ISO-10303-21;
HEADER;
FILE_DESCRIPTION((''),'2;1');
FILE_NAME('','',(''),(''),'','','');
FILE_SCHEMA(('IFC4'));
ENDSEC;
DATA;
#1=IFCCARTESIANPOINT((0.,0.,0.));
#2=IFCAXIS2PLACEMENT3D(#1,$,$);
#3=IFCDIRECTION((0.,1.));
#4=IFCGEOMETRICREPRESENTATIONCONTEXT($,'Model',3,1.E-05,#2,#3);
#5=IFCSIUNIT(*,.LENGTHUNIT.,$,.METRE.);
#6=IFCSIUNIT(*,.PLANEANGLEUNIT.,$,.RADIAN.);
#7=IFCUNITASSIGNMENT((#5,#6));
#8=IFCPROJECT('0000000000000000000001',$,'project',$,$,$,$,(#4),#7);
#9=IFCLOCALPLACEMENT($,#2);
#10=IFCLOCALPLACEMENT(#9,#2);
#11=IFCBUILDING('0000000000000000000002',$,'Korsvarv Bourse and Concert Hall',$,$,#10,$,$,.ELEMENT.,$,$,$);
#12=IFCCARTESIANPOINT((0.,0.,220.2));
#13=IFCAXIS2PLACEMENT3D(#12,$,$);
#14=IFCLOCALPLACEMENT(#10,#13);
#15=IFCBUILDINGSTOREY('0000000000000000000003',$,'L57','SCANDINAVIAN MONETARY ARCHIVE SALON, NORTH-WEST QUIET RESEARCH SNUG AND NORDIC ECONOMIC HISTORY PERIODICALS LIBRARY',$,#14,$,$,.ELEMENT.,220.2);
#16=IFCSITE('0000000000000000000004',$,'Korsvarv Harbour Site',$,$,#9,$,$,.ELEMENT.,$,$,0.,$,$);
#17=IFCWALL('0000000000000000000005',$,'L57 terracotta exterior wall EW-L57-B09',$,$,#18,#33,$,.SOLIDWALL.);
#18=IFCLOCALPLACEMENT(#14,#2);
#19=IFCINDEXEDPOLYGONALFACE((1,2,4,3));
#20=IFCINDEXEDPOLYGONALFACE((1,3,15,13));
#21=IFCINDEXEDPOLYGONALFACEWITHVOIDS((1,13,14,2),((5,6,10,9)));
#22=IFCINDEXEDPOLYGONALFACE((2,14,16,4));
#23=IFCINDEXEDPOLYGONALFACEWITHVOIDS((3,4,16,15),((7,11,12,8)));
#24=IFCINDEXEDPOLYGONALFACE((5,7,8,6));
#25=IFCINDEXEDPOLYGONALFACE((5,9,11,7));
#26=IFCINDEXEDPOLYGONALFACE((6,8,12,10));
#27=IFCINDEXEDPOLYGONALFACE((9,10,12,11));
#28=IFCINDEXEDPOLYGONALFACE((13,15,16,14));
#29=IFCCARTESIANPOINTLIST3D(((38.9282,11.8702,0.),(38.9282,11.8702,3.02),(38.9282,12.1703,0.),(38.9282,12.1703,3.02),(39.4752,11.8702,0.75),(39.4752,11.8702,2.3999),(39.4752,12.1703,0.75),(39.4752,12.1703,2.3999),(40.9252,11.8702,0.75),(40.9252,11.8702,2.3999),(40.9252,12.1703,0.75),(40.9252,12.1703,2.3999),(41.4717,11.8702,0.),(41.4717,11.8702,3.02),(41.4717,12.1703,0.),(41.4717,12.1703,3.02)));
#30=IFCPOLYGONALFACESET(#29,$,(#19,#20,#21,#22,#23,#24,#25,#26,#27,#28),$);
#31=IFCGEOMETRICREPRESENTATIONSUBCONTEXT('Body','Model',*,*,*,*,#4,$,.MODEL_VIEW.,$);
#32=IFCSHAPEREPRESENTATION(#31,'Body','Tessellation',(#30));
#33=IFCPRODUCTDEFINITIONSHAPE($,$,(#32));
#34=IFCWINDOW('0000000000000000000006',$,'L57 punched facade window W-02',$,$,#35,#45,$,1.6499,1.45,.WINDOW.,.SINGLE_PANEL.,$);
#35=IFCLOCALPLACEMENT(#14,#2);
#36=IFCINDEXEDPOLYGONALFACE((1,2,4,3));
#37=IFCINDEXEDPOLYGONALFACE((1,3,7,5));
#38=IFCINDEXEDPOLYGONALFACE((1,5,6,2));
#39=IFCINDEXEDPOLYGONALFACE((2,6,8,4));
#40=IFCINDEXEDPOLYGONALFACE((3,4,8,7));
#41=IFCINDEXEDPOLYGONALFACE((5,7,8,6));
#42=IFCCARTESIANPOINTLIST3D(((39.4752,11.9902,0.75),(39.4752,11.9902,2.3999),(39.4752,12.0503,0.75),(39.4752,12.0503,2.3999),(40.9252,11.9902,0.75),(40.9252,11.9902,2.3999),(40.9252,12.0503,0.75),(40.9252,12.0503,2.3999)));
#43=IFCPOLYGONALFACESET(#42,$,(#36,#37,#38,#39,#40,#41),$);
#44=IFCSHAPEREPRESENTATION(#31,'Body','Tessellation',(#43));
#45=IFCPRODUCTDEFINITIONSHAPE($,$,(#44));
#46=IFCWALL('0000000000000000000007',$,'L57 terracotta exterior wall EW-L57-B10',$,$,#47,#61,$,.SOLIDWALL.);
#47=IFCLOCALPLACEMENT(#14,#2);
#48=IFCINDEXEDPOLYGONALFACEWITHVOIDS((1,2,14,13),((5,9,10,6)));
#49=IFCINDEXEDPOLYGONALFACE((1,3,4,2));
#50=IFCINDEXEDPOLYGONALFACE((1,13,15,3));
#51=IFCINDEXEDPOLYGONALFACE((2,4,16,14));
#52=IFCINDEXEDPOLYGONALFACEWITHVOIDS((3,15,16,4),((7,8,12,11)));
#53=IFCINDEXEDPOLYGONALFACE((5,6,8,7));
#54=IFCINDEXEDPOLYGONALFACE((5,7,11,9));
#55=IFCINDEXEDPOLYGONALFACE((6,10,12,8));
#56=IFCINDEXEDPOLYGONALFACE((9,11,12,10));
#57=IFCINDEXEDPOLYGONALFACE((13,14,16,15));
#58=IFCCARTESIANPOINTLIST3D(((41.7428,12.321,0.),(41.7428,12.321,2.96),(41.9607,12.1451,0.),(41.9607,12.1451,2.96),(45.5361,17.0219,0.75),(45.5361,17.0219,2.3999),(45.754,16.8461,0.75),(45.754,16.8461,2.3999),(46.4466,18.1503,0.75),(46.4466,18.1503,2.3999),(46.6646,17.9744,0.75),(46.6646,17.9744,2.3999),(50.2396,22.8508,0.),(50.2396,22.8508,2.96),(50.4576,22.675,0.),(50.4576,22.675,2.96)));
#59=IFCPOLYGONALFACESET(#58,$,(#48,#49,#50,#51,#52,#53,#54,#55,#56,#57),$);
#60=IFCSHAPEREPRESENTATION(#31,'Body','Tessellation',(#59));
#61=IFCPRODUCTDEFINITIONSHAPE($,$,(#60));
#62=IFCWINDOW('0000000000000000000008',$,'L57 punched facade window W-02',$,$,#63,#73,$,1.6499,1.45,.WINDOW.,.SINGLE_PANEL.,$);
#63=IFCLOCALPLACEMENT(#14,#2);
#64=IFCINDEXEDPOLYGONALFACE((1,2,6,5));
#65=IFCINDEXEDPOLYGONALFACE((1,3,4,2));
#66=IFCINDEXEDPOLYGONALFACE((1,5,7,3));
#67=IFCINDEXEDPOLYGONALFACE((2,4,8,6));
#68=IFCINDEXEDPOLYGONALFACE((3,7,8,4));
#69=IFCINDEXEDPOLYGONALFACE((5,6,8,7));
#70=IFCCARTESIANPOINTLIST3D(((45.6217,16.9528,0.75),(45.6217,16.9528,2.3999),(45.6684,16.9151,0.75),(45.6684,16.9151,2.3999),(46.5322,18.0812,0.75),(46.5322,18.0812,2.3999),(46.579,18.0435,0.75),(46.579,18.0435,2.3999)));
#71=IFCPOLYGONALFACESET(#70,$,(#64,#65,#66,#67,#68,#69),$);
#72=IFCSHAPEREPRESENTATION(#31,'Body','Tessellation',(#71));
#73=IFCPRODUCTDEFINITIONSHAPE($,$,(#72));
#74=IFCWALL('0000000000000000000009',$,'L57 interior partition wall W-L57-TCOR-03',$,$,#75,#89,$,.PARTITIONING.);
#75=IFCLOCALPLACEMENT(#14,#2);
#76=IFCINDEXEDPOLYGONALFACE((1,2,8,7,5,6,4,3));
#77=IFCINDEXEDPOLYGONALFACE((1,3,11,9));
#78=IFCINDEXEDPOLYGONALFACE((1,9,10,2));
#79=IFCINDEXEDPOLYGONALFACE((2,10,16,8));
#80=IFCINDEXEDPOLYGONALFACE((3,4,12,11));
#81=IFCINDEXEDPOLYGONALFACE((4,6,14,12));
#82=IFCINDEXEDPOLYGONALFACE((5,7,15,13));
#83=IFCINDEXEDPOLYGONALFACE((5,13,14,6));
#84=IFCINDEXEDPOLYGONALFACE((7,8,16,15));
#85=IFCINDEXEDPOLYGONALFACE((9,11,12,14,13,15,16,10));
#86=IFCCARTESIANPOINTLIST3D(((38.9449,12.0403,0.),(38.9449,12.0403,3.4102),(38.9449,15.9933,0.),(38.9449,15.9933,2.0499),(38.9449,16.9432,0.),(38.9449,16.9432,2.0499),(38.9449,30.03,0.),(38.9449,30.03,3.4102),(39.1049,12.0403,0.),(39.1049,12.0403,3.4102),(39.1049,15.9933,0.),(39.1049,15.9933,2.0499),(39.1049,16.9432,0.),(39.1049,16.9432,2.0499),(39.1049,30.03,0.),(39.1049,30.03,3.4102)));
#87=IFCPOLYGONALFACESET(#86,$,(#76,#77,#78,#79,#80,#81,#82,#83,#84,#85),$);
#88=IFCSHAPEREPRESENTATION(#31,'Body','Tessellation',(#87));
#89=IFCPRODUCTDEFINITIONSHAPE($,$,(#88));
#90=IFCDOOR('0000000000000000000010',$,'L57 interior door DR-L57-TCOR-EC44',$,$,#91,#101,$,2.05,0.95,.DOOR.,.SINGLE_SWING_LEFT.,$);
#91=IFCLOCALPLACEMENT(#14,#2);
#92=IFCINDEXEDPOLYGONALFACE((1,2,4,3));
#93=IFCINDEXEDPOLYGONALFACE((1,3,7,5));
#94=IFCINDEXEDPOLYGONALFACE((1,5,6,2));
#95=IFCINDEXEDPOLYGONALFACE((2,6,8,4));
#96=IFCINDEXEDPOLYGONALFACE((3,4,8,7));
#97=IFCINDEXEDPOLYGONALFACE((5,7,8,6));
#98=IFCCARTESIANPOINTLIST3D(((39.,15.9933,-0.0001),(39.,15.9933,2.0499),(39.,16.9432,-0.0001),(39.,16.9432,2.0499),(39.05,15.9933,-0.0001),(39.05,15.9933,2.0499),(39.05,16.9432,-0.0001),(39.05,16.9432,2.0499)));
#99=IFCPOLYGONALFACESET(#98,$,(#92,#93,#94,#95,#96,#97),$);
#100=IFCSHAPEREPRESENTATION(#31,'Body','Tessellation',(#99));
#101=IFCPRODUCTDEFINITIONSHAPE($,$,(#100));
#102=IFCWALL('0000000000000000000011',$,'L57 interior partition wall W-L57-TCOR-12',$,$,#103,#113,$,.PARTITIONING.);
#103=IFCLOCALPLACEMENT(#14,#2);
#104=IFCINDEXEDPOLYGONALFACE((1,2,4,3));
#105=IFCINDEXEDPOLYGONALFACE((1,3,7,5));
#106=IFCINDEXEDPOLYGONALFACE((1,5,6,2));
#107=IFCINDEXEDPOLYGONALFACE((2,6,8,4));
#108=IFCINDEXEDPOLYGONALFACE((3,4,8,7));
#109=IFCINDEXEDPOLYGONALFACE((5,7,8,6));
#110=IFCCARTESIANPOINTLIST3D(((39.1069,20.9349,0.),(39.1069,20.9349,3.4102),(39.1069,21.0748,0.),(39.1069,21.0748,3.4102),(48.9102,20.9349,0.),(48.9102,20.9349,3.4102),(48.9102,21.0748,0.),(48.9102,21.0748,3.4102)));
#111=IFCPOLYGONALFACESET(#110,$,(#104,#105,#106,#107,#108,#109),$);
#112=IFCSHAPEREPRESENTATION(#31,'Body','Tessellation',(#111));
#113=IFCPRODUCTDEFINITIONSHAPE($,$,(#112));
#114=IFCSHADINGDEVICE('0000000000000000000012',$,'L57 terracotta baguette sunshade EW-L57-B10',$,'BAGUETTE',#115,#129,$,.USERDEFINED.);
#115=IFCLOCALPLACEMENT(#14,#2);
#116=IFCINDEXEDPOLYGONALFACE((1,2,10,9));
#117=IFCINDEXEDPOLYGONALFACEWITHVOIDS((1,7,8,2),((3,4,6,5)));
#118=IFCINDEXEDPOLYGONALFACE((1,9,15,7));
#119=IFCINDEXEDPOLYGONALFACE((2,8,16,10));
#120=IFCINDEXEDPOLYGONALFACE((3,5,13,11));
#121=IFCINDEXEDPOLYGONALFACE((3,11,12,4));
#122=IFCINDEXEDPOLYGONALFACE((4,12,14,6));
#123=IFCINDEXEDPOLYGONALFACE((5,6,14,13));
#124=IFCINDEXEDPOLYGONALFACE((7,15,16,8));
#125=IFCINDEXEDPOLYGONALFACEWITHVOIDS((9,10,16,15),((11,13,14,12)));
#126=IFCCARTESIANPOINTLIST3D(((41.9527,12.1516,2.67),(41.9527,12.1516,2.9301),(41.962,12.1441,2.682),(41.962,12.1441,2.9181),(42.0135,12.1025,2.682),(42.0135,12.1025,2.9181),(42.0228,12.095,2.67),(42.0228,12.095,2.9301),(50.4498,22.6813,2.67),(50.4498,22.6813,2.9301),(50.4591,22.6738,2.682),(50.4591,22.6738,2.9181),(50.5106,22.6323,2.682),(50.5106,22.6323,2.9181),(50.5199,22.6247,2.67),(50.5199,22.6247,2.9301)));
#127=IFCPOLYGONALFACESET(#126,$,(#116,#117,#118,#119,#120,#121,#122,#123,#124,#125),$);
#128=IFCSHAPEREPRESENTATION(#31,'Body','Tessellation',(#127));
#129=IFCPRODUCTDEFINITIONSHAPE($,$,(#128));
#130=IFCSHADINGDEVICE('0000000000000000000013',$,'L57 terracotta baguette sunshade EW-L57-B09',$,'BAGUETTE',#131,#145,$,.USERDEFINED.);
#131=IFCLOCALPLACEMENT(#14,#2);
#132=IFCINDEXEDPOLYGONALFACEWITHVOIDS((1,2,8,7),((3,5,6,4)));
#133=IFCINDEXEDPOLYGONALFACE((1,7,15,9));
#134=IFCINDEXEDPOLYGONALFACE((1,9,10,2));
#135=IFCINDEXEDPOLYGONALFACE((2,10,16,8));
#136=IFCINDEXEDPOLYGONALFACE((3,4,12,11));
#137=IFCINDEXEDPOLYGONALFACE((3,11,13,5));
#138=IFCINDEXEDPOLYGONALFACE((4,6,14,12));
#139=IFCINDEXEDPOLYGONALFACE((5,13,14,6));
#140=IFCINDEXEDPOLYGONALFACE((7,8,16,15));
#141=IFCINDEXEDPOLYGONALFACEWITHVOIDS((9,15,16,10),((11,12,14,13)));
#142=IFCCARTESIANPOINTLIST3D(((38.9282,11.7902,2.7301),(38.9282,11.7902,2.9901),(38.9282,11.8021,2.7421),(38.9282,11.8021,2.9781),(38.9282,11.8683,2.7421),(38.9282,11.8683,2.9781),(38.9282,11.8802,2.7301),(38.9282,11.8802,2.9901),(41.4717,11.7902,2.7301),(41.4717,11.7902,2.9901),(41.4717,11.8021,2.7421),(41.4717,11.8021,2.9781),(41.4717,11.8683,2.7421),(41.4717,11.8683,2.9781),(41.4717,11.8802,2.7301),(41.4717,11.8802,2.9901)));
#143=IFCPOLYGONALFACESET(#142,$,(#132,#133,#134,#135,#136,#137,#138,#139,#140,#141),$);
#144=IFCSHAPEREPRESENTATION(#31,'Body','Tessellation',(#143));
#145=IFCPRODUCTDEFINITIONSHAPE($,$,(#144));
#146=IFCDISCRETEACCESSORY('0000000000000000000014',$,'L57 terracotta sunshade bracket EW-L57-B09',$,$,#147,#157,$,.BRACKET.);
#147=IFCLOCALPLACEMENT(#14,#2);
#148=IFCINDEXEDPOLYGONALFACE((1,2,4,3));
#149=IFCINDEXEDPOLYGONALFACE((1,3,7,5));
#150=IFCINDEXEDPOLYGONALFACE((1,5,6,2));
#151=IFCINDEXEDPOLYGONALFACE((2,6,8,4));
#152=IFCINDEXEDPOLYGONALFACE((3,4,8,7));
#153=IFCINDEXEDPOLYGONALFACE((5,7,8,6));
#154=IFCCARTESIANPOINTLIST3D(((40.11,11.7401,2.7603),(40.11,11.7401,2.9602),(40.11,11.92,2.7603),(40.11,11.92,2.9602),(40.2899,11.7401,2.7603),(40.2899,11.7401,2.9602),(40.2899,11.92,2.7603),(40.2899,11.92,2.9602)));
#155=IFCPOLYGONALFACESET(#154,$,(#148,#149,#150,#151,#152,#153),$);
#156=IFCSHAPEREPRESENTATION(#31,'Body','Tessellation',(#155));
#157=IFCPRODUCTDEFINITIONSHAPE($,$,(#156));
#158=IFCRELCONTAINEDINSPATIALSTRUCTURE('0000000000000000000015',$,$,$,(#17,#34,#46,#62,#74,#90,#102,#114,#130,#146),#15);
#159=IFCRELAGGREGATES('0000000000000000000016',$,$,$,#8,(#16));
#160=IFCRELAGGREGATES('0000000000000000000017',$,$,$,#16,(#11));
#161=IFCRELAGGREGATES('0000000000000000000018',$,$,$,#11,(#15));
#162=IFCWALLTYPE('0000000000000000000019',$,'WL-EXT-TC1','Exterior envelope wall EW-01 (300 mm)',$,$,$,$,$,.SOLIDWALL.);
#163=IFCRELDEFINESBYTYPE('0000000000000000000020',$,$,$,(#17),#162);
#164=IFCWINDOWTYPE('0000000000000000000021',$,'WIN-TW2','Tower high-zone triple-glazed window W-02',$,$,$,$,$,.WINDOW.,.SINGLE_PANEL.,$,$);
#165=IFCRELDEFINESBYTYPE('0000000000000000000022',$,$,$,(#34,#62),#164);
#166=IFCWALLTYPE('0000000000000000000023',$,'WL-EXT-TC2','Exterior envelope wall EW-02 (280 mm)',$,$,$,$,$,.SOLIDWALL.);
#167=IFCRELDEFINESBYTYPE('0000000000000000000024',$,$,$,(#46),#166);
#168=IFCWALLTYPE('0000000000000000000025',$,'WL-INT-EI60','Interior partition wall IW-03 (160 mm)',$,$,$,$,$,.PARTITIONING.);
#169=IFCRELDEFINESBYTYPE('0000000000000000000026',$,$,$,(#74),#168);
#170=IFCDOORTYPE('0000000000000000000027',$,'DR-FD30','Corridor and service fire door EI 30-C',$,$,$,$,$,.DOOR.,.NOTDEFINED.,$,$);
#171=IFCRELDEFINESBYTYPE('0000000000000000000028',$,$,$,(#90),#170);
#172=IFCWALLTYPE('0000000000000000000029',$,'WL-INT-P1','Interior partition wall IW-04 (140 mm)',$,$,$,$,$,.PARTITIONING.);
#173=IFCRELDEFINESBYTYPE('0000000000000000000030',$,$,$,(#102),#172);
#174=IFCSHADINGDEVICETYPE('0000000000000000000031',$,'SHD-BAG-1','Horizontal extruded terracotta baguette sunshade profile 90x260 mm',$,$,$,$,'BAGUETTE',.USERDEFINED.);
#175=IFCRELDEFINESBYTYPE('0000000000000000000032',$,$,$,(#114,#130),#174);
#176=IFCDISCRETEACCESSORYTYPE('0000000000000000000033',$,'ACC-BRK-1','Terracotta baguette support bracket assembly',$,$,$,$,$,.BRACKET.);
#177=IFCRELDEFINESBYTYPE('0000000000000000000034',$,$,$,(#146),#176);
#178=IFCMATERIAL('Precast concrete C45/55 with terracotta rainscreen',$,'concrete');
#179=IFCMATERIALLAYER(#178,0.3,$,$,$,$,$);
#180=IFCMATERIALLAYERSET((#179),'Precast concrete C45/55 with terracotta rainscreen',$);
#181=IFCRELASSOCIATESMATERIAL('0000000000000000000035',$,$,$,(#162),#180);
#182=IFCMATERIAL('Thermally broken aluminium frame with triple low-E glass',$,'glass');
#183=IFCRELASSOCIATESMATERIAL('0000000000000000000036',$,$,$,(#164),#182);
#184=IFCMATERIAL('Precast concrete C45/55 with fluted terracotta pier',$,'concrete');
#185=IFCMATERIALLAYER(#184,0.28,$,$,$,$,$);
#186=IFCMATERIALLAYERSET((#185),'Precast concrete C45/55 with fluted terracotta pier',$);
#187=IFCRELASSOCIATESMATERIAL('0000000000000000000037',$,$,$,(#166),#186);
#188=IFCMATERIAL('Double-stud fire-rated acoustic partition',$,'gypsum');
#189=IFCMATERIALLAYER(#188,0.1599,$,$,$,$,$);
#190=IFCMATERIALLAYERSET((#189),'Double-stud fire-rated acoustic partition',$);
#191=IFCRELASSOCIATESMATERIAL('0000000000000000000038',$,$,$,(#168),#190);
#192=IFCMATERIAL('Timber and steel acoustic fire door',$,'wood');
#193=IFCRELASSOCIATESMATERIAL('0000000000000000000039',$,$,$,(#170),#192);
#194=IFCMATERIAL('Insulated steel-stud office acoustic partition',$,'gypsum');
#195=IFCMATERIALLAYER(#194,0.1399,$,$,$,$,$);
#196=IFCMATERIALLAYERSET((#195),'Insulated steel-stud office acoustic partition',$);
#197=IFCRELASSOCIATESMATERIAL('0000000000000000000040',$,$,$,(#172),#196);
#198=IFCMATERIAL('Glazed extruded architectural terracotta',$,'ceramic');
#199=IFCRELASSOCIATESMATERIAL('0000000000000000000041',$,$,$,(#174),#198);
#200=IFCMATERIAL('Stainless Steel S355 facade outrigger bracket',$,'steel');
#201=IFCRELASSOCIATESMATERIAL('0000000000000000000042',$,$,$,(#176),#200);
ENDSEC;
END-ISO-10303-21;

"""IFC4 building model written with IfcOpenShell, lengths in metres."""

from ifc_helpers import new_model, si_unit, direction, frame, frame_2d, origin, origin_2d, place, context, subcontext, project, spatial, rectangle, hollow_rectangle, extrude, source, transform, mapped, material, layer, layer_set, material_profile, profile_set, type_object, element, fill, save


model = new_model("IFC4")

# Units and contexts
model_context = context("Model", 3, precision=1e-05, world=origin(), true_north=direction((0.0, 1.0)))
body_context = subcontext(model_context, "Body", "Model", "MODEL_VIEW")
ifc_project = project(units=[si_unit("LENGTHUNIT", "METRE"), si_unit("PLANEANGLEUNIT", "RADIAN")], contexts=[model_context])

# Site, building, storey
site_placement = place(None, origin())
site = spatial("IfcSite", under=ifc_project, at=site_placement, Name="Korsvarv Harbour Site", CompositionType="ELEMENT", RefElevation=0.0)
building_placement = place(site_placement, origin())
building = spatial("IfcBuilding", under=site, at=building_placement, Name="Korsvarv Bourse and Concert Hall", CompositionType="ELEMENT")
storey_placement = place(building_placement, frame((0.0, 0.0, 220.2)))
storey = spatial("IfcBuildingStorey", under=building, at=storey_placement, Name="L57", Description="SCANDINAVIAN MONETARY ARCHIVE SALON, NORTH-WEST QUIET RESEARCH SNUG AND NORDIC ECONOMIC HISTORY PERIODICALS LIBRARY", CompositionType="ELEMENT", Elevation=220.2)

# Walls, openings, windows
ifc_material_1 = material(Name="Precast concrete C45/55 with terracotta rainscreen", Category="concrete")
ifc_layer_1 = layer(ifc_material_1, 0.3)
ifc_layer_set_1 = layer_set([ifc_layer_1], Name="Precast concrete C45/55 with terracotta rainscreen")
wall_type_1 = type_object("IfcWallType", Name="WL-EXT-TC1", Description="Exterior envelope wall EW-01 (300 mm)", PredefinedType="SOLIDWALL", material=ifc_layer_set_1)
wall_1_placement = place(storey_placement, frame((38.9282, 12.0203, 0.0), z_axis=(0.0, 0.0, 1.0), x_axis=(1.0, 0.0, 0.0)))
wall_1 = element("IfcWall", 1, at=wall_1_placement, inside=storey, type_object=wall_type_1, Name="L57 terracotta exterior wall EW-L57-B09", PredefinedType="SOLIDWALL", context=body_context, shape_type="SweptSolid", body=[
    extrude(rectangle(XDim=2.5435, YDim=0.3, at=frame_2d((1.2717, 0.0))), origin(), (0.0, 0.0, 1.0), 3.02),
])
opening_1_placement = place(wall_1_placement, frame((0.5469, 0.0, 0.75)))
opening_1 = element("IfcOpeningElement", 2, at=opening_1_placement, cuts=wall_1, PredefinedType="OPENING", context=body_context, shape_type="SweptSolid", body=[
    extrude(rectangle(XDim=1.45, YDim=1.6499, at=frame_2d((0.7251, 0.825))), frame((0.0, 0.1602, 0.0), z_axis=(0.0, -1.0, 0.0), x_axis=(1.0, 0.0, 0.0)), (0.0, 0.0, 1.0), 0.3201),
])
ifc_material_2 = material(Name="Thermally broken aluminium frame with triple low-E glass", Category="glass")
window_type = type_object("IfcWindowType", Name="WIN-TW2", Description="Tower high-zone triple-glazed window W-02", PartitioningType="SINGLE_PANEL", PredefinedType="WINDOW", material=ifc_material_2)
window_1_placement = place(opening_1_placement, origin())
window_1 = element("IfcWindow", 3, at=window_1_placement, inside=storey, type_object=window_type, Name="L57 punched facade window W-02", OverallHeight=1.6499, OverallWidth=1.45, PartitioningType="SINGLE_PANEL", PredefinedType="WINDOW", context=body_context, shape_type="SweptSolid", body=[
    extrude(rectangle(XDim=1.45, YDim=1.6499, at=frame_2d((0.7251, 0.825))), frame((0.0, 0.03, 0.0), z_axis=(0.0, -1.0, 0.0), x_axis=(1.0, 0.0, 0.0)), (0.0, 0.0, 1.0), 0.0601),
])
fill(opening_1, window_1)
ifc_material_3 = material(Name="Precast concrete C45/55 with fluted terracotta pier", Category="concrete")
ifc_layer_2 = layer(ifc_material_3, 0.28)
ifc_layer_set_2 = layer_set([ifc_layer_2], Name="Precast concrete C45/55 with fluted terracotta pier")
wall_type_2 = type_object("IfcWallType", Name="WL-EXT-TC2", Description="Exterior envelope wall EW-02 (280 mm)", PredefinedType="SOLIDWALL", material=ifc_layer_set_2)
wall_2_placement = place(storey_placement, frame((41.8518, 12.2332, 0.0), z_axis=(0.0, 0.0, 1.0), x_axis=(0.627979, 0.77823, 0.0)))
wall_2 = element("IfcWall", 4, at=wall_2_placement, inside=storey, type_object=wall_type_2, Name="L57 terracotta exterior wall EW-L57-B10", PredefinedType="SOLIDWALL", context=body_context, shape_type="SweptSolid", body=[
    extrude(rectangle(XDim=13.5305, YDim=0.28, at=frame_2d((6.7651, 0.0))), origin(), (0.0, 0.0, 1.0), 2.96),
])
opening_2_placement = place(wall_2_placement, frame((6.0403, 0.0, 0.75)))
opening_2 = element("IfcOpeningElement", 5, at=opening_2_placement, cuts=wall_2, PredefinedType="OPENING", context=body_context, shape_type="SweptSolid", body=[
    extrude(rectangle(XDim=1.45, YDim=1.6499, at=frame_2d((0.7251, 0.825))), frame((0.0, 0.1499, 0.0), z_axis=(0.0, -1.0, 0.0), x_axis=(1.0, 0.0, 0.0)), (0.0, 0.0, 1.0), 0.3),
])
window_2_placement = place(opening_2_placement, origin())
window_2 = element("IfcWindow", 6, at=window_2_placement, inside=storey, type_object=window_type, Name="L57 punched facade window W-02", OverallHeight=1.6499, OverallWidth=1.45, PartitioningType="SINGLE_PANEL", PredefinedType="WINDOW", context=body_context, shape_type="SweptSolid", body=[
    extrude(rectangle(XDim=1.45, YDim=1.6499, at=frame_2d((0.7251, 0.825))), frame((0.0, 0.03, 0.0), z_axis=(0.0, -1.0, 0.0), x_axis=(1.0, 0.0, 0.0)), (0.0, 0.0, 1.0), 0.0601),
])
fill(opening_2, window_2)

# Wall, opening, door
ifc_material_4 = material(Name="Double-stud fire-rated acoustic partition", Category="gypsum")
ifc_layer_3 = layer(ifc_material_4, 0.1599)
ifc_layer_set_3 = layer_set([ifc_layer_3], Name="Double-stud fire-rated acoustic partition")
wall_type_3 = type_object("IfcWallType", Name="WL-INT-EI60", Description="Interior partition wall IW-03 (160 mm)", PredefinedType="PARTITIONING", material=ifc_layer_set_3)
wall_3_placement = place(storey_placement, frame((39.0249, 12.0403, 0.0), z_axis=(0.0, 0.0, 1.0), x_axis=(0.0, 1.0, 0.0)))
wall_3 = element("IfcWall", 7, at=wall_3_placement, inside=storey, type_object=wall_type_3, Name="L57 interior partition wall W-L57-TCOR-03", PredefinedType="PARTITIONING", context=body_context, shape_type="SweptSolid", body=[
    extrude(rectangle(XDim=17.9897, YDim=0.1599, at=frame_2d((8.9949, 0.0))), origin(), (0.0, 0.0, 1.0), 3.4102),
])
opening_3_placement = place(wall_3_placement, frame((3.9529, 0.0, 0.0)))
opening_3 = element("IfcOpeningElement", 8, at=opening_3_placement, cuts=wall_3, PredefinedType="OPENING", context=body_context, shape_type="SweptSolid", body=[
    extrude(rectangle(XDim=0.95, YDim=2.05, at=frame_2d((0.4751, 1.0249))), frame((0.0, 0.0898, 0.0), z_axis=(0.0, -1.0, 0.0), x_axis=(1.0, 0.0, 0.0)), (0.0, 0.0, 1.0), 0.1799),
])
ifc_material_5 = material(Name="Timber and steel acoustic fire door", Category="wood")
door_type = type_object("IfcDoorType", Name="DR-FD30", Description="Corridor and service fire door EI 30-C", OperationType="NOTDEFINED", PredefinedType="DOOR", material=ifc_material_5)
door_placement = place(opening_3_placement, origin())
door = element("IfcDoor", 9, at=door_placement, inside=storey, type_object=door_type, Name="L57 interior door DR-L57-TCOR-EC44", OperationType="SINGLE_SWING_LEFT", OverallHeight=2.05, OverallWidth=0.95, PredefinedType="DOOR", context=body_context, shape_type="SweptSolid", body=[
    extrude(rectangle(XDim=0.95, YDim=2.05, at=frame_2d((0.4751, 1.0249))), frame((0.0, 0.0249, 0.0), z_axis=(0.0, -1.0, 0.0), x_axis=(1.0, 0.0, 0.0)), (0.0, 0.0, 1.0), 0.05),
])
fill(opening_3, door)

# Wall
ifc_material_6 = material(Name="Insulated steel-stud office acoustic partition", Category="gypsum")
ifc_layer_4 = layer(ifc_material_6, 0.1399)
ifc_layer_set_4 = layer_set([ifc_layer_4], Name="Insulated steel-stud office acoustic partition")
wall_type_4 = type_object("IfcWallType", Name="WL-INT-P1", Description="Interior partition wall IW-04 (140 mm)", PredefinedType="PARTITIONING", material=ifc_layer_set_4)
wall_4_placement = place(storey_placement, frame((39.1069, 21.0049, 0.0), z_axis=(0.0, 0.0, 1.0), x_axis=(1.0, 0.0, 0.0)))
element("IfcWall", 10, at=wall_4_placement, inside=storey, type_object=wall_type_4, Name="L57 interior partition wall W-L57-TCOR-12", PredefinedType="PARTITIONING", context=body_context, shape_type="SweptSolid", body=[
    extrude(rectangle(XDim=9.8032, YDim=0.1399, at=frame_2d((4.9016, 0.0))), origin(), (0.0, 0.0, 1.0), 3.4102),
])

# Shading devices
ifc_material_7 = material(Name="Glazed extruded architectural terracotta", Category="ceramic")
ifc_material_profile_1 = material_profile(ifc_material_7, hollow_rectangle(XDim=0.0901, YDim=0.26, WallThickness=0.012, at=origin_2d()), Name="TC-BAG 90x260")
ifc_profile_set_1 = profile_set([ifc_material_profile_1], Name="Glazed extruded architectural terracotta")
shading_device_type = type_object("IfcShadingDeviceType", Name="SHD-BAG-1", Description="Horizontal extruded terracotta baguette sunshade profile 90x260 mm", ElementType="BAGUETTE", PredefinedType="USERDEFINED", material=ifc_profile_set_1)
shared_shape_1 = source(origin(), body_context, "Body", "SweptSolid", [
    extrude(hollow_rectangle(XDim=0.0901, YDim=0.26, WallThickness=0.012, at=origin_2d()), origin(), (0.0, 0.0, 1.0), 13.5305),
])
shading_device_1_placement = place(storey_placement, frame((41.9878, 12.1233, 2.8), z_axis=(0.62799, 0.778221, 0.0), x_axis=(-0.778221, 0.62799, 0.0)))
element("IfcShadingDevice", 11, at=shading_device_1_placement, inside=storey, type_object=shading_device_type, Name="L57 terracotta baguette sunshade EW-L57-B10", ObjectType="BAGUETTE", PredefinedType="USERDEFINED", context=body_context, shape_type="MappedRepresentation", body=[
    mapped(shared_shape_1, transform((0.0, 0.0, 0.0), scale=1.0)),
])
shared_shape_2 = source(origin(), body_context, "Body", "SweptSolid", [
    extrude(hollow_rectangle(XDim=0.0901, YDim=0.26, WallThickness=0.012, at=origin_2d()), origin(), (0.0, 0.0, 1.0), 2.5435),
])
shading_device_2_placement = place(storey_placement, frame((38.9282, 11.8352, 2.8601), z_axis=(1.0, 0.0, 0.0), x_axis=(0.0, 1.0, 0.0)))
element("IfcShadingDevice", 12, at=shading_device_2_placement, inside=storey, type_object=shading_device_type, Name="L57 terracotta baguette sunshade EW-L57-B09", ObjectType="BAGUETTE", PredefinedType="USERDEFINED", context=body_context, shape_type="MappedRepresentation", body=[
    mapped(shared_shape_2, transform((0.0, 0.0, 0.0), scale=1.0)),
])

# Discrete accessory
ifc_material_8 = material(Name="Stainless Steel S355 facade outrigger bracket", Category="steel")
discrete_accessory_type = type_object("IfcDiscreteAccessoryType", Name="ACC-BRK-1", Description="Terracotta baguette support bracket assembly", PredefinedType="BRACKET", material=ifc_material_8)
shared_shape_3 = source(origin(), body_context, "Body", "SweptSolid", [
    extrude(rectangle(XDim=0.1799, YDim=0.1799, at=origin_2d()), origin(), (0.0, 0.0, 1.0), 0.2),
])
for number, where, z_axis, x_axis, name in (
    (13, (40.2, 11.8301, 2.7603), (0.0, 0.0, 1.0), (1.0, 0.0, 0.0), "L57 terracotta sunshade bracket EW-L57-B09"),
):
    element("IfcDiscreteAccessory", number, at=place(storey_placement, frame(where, z_axis=z_axis, x_axis=x_axis)), inside=storey, type_object=discrete_accessory_type, Name=name, PredefinedType="BRACKET", context=body_context, shape_type="MappedRepresentation", body=[
        mapped(shared_shape_3, transform((0.0, 0.0, 0.0), scale=1.0)),
    ])

save(model, "model.ifc")
